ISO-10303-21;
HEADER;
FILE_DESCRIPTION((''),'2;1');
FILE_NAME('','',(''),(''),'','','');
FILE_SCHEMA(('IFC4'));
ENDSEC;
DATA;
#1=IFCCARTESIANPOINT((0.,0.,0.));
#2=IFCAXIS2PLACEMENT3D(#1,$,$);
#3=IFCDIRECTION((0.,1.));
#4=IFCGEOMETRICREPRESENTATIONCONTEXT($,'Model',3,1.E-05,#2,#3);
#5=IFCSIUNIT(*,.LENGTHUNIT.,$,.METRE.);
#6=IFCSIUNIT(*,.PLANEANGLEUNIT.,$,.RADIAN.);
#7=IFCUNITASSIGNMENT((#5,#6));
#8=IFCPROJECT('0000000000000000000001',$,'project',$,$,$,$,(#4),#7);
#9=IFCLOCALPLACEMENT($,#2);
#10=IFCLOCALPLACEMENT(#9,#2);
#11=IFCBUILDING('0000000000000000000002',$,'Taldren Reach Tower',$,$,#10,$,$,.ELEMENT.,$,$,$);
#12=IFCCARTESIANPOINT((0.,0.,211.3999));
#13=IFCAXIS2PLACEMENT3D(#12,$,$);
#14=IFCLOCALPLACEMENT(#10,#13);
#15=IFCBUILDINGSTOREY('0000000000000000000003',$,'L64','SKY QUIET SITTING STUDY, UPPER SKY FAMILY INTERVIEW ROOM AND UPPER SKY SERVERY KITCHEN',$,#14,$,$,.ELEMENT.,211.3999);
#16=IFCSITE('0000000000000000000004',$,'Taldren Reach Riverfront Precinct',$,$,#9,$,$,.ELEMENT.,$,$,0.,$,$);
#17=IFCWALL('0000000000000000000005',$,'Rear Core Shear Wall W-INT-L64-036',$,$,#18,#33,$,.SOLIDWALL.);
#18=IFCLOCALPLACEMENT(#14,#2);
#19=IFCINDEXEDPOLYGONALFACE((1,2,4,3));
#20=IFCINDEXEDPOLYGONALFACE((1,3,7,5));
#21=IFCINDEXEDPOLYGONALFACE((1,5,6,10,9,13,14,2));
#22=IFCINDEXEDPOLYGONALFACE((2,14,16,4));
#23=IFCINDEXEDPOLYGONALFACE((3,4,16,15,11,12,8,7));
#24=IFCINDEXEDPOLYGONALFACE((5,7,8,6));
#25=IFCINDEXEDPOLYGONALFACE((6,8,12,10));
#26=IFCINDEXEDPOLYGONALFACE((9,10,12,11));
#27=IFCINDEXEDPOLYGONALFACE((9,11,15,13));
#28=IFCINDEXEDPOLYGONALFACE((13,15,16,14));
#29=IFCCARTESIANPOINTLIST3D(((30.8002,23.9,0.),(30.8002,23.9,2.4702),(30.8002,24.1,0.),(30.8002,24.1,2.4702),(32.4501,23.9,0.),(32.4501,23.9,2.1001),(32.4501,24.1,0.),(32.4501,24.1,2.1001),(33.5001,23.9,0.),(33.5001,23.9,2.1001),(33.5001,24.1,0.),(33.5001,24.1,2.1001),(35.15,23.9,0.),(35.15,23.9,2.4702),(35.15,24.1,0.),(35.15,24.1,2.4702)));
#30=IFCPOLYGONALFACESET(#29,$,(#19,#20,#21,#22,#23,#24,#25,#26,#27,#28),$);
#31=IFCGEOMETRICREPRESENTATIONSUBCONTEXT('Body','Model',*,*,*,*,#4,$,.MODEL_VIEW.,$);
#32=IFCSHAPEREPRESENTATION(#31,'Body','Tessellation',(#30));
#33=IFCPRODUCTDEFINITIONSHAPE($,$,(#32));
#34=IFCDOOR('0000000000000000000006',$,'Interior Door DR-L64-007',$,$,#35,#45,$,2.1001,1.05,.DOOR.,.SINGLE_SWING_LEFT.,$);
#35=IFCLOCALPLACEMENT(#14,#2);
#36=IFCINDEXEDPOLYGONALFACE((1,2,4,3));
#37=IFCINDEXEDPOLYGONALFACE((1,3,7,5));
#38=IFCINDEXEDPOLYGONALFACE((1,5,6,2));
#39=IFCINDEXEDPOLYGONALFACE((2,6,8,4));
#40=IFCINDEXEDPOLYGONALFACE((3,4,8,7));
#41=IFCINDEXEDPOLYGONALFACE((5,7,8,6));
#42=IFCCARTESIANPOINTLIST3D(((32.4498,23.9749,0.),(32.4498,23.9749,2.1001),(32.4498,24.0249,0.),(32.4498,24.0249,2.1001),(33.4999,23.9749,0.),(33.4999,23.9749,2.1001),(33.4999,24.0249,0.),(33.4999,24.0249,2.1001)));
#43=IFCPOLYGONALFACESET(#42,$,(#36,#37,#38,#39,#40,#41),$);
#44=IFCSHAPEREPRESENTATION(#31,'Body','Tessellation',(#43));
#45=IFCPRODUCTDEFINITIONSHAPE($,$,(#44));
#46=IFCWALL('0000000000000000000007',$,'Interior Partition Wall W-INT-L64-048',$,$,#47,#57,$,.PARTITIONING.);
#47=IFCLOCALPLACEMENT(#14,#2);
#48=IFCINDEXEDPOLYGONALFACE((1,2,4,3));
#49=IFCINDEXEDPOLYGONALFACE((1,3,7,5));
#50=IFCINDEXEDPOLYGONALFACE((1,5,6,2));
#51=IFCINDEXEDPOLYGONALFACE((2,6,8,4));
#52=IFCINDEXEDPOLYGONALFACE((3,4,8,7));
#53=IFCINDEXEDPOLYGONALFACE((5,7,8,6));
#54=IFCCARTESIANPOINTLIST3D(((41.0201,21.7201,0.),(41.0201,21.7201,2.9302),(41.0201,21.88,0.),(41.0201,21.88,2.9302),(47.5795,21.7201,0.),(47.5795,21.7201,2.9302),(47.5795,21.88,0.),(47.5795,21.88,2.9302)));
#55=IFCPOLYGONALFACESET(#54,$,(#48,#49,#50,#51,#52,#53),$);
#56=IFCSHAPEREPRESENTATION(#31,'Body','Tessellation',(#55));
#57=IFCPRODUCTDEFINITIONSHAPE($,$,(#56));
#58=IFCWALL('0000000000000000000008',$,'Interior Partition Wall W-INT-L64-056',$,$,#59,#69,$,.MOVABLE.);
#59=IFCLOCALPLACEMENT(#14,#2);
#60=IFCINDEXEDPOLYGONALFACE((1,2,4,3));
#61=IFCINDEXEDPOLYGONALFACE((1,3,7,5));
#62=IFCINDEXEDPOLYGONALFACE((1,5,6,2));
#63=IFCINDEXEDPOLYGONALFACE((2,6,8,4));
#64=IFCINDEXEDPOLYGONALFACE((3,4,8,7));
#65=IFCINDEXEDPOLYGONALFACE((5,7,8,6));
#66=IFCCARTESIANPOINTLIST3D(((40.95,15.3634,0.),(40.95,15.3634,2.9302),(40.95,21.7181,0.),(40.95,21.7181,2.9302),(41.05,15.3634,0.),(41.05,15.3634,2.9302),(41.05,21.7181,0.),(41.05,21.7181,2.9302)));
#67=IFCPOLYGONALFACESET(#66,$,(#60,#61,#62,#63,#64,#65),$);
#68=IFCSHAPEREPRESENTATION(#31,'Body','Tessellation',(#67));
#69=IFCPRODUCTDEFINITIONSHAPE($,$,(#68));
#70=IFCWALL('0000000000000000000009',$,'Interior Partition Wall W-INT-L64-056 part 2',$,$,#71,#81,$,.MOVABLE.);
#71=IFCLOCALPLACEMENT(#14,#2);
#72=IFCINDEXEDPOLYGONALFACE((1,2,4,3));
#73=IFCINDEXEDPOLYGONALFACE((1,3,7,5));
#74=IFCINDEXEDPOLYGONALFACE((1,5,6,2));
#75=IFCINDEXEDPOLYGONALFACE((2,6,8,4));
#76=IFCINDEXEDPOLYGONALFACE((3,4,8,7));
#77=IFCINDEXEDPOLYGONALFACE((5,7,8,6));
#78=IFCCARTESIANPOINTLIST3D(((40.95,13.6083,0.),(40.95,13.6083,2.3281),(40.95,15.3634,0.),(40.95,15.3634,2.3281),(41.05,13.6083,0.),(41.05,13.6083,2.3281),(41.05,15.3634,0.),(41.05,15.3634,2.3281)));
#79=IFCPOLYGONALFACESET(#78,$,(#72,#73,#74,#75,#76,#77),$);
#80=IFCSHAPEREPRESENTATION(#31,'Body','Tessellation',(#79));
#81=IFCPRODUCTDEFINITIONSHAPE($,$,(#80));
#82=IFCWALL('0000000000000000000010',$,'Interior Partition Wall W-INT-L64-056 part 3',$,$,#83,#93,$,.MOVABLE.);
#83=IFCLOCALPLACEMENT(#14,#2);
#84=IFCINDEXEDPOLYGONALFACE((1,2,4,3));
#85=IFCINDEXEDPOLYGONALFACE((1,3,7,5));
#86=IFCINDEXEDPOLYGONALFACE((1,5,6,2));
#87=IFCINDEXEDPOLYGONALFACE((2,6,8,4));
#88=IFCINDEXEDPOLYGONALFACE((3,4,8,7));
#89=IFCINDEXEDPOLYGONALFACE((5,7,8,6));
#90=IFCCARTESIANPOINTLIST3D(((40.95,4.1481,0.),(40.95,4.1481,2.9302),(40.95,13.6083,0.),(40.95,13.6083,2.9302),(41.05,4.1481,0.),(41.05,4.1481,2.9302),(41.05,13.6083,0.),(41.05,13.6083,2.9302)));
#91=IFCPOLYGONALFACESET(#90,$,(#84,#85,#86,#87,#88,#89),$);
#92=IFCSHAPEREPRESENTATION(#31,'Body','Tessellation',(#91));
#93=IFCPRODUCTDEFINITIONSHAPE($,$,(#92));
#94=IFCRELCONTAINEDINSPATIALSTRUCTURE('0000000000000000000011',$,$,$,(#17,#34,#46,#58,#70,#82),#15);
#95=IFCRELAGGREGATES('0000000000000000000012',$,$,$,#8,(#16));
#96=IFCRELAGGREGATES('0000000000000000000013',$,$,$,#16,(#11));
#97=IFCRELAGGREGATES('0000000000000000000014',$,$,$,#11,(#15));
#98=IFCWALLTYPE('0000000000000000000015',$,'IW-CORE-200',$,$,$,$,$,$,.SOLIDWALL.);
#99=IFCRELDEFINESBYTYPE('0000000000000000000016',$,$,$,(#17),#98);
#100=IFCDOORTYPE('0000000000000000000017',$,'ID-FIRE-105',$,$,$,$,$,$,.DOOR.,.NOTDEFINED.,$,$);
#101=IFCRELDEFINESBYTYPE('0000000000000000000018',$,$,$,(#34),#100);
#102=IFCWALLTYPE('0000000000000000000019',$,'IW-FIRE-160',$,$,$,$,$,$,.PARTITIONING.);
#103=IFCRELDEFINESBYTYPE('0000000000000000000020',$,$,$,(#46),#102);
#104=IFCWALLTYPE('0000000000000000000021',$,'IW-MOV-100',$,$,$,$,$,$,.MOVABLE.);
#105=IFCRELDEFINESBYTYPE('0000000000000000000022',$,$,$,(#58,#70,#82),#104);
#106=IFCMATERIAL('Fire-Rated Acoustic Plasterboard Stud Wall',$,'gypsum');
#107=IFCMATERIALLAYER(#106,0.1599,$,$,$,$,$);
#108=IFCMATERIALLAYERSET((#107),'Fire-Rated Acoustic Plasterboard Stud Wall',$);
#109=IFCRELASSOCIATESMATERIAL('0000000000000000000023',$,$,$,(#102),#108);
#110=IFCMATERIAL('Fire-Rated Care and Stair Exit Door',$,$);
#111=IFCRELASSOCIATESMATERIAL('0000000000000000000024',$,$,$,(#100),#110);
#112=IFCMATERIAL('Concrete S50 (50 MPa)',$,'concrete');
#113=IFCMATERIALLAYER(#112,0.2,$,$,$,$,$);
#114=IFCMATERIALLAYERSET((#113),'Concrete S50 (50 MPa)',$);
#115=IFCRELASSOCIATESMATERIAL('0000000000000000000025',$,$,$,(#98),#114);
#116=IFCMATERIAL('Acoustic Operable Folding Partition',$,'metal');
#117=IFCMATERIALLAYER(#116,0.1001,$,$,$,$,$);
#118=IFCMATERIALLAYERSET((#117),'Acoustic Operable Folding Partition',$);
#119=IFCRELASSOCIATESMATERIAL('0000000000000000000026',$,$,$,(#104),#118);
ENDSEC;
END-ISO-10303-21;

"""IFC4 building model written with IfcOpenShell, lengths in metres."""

from ifc_helpers import new_model, si_unit, direction, frame, frame_2d, origin, place, context, subcontext, project, spatial, rectangle, extrude, source, transform, mapped, material, layer, layer_set, type_object, element, fill, save


model = new_model("IFC4")

# Units and contexts
model_context = context("Model", 3, precision=1e-05, world=origin(), true_north=direction((0.0, 1.0)))
body_context = subcontext(model_context, "Body", "Model", "MODEL_VIEW")
ifc_project = project(units=[si_unit("LENGTHUNIT", "METRE"), si_unit("PLANEANGLEUNIT", "RADIAN")], contexts=[model_context])

# Site, building, storey
site_placement = place(None, origin())
site = spatial("IfcSite", under=ifc_project, at=site_placement, Name="Taldren Reach Riverfront Precinct", CompositionType="ELEMENT", RefElevation=0.0)
building_placement = place(site_placement, origin())
building = spatial("IfcBuilding", under=site, at=building_placement, Name="Taldren Reach Tower", CompositionType="ELEMENT")
storey_placement = place(building_placement, frame((0.0, 0.0, 211.3999)))
storey = spatial("IfcBuildingStorey", under=building, at=storey_placement, Name="L64", Description="SKY QUIET SITTING STUDY, UPPER SKY FAMILY INTERVIEW ROOM AND UPPER SKY SERVERY KITCHEN", CompositionType="ELEMENT", Elevation=211.3999)

# Shared definitions
ifc_material_1 = material(Name="Fire-Rated Acoustic Plasterboard Stud Wall", Category="gypsum")
ifc_layer_1 = layer(ifc_material_1, 0.1599)
ifc_layer_set_1 = layer_set([ifc_layer_1], Name="Fire-Rated Acoustic Plasterboard Stud Wall")
wall_type_1 = type_object("IfcWallType", Name="IW-FIRE-160", PredefinedType="PARTITIONING", material=ifc_layer_set_1)

# Shared definitions
ifc_material_2 = material(Name="Fire-Rated Care and Stair Exit Door")
door_type_1 = type_object("IfcDoorType", Name="ID-FIRE-105", OperationType="NOTDEFINED", PredefinedType="DOOR", material=ifc_material_2)
shared_shape_1 = source(origin(), body_context, "Body", "SweptSolid", [
    extrude(rectangle(XDim=1.05, YDim=2.1001, at=frame_2d((0.5249, 1.05))), frame((0.0, 0.0249, 0.0), z_axis=(0.0, -1.0, 0.0), x_axis=(1.0, 0.0, 0.0)), (0.0, 0.0, 1.0), 0.05),
])

# Wall, opening, door
ifc_material_3 = material(Name="Concrete S50 (50 MPa)", Category="concrete")
ifc_layer_2 = layer(ifc_material_3, 0.2)
ifc_layer_set_2 = layer_set([ifc_layer_2], Name="Concrete S50 (50 MPa)")
wall_type_2 = type_object("IfcWallType", Name="IW-CORE-200", PredefinedType="SOLIDWALL", material=ifc_layer_set_2)
shared_shape_2 = source(origin(), body_context, "Body", "SweptSolid", [
    extrude(rectangle(XDim=4.3499, YDim=0.2, at=frame_2d((2.1748, 0.0))), origin(), (0.0, 0.0, 1.0), 2.4702),
])
wall_1_placement = place(storey_placement, frame((35.1499, 24.0, 0.0), z_axis=(0.0, 0.0, 1.0), x_axis=(-1.0, 0.0, 0.0)))
wall_1 = element("IfcWall", 1, at=wall_1_placement, inside=storey, type_object=wall_type_2, Name="Rear Core Shear Wall W-INT-L64-036", PredefinedType="SOLIDWALL", context=body_context, shape_type="MappedRepresentation", body=[
    mapped(shared_shape_2, transform((0.0, 0.0, 0.0), scale=1.0)),
])
shared_shape_3 = source(origin(), body_context, "Body", "SweptSolid", [
    extrude(rectangle(XDim=1.05, YDim=2.1001, at=frame_2d((0.5249, 1.05))), frame((0.0, 0.1099, 0.0), z_axis=(0.0, -1.0, 0.0), x_axis=(1.0, 0.0, 0.0)), (0.0, 0.0, 1.0), 0.22),
])
opening_1_placement = place(wall_1_placement, frame((1.6499, 0.0, 0.0)))
opening_1 = element("IfcOpeningElement", 2, at=opening_1_placement, cuts=wall_1, PredefinedType="OPENING", context=body_context, shape_type="MappedRepresentation", body=[
    mapped(shared_shape_3, transform((0.0, 0.0, 0.0), scale=1.0)),
])
door_1_placement = place(opening_1_placement, frame((1.05, 0.0, 0.0), z_axis=(0.0, 0.0, 1.0), x_axis=(-1.0, 0.0, 0.0)))
door_1 = element("IfcDoor", 3, at=door_1_placement, inside=storey, type_object=door_type_1, Name="Interior Door DR-L64-007", OperationType="SINGLE_SWING_LEFT", OverallHeight=2.1001, OverallWidth=1.05, PredefinedType="DOOR", context=body_context, shape_type="MappedRepresentation", body=[
    mapped(shared_shape_1, transform((0.0, 0.0, 0.0), scale=1.0)),
])
fill(opening_1, door_1)

# Walls
shared_shape_4 = source(origin(), body_context, "Body", "SweptSolid", [
    extrude(rectangle(XDim=6.5593, YDim=0.1599, at=frame_2d((3.2798, 0.0))), origin(), (0.0, 0.0, 1.0), 2.9302),
])
wall_2_placement = place(storey_placement, frame((47.5796, 21.8, 0.0), z_axis=(0.0, 0.0, 1.0), x_axis=(-1.0, 0.0, 0.0)))
element("IfcWall", 4, at=wall_2_placement, inside=storey, type_object=wall_type_1, Name="Interior Partition Wall W-INT-L64-048", PredefinedType="PARTITIONING", context=body_context, shape_type="MappedRepresentation", body=[
    mapped(shared_shape_4, transform((0.0, 0.0, 0.0), scale=1.0)),
])
ifc_material_4 = material(Name="Acoustic Operable Folding Partition", Category="metal")
ifc_layer_3 = layer(ifc_material_4, 0.1001)
ifc_layer_set_3 = layer_set([ifc_layer_3], Name="Acoustic Operable Folding Partition")
wall_type_3 = type_object("IfcWallType", Name="IW-MOV-100", PredefinedType="MOVABLE", material=ifc_layer_set_3)
shared_shape_5 = source(origin(), body_context, "Body", "SweptSolid", [
    extrude(rectangle(XDim=6.3547, YDim=0.1001, at=frame_2d((3.1772, 0.0))), origin(), (0.0, 0.0, 1.0), 2.9302),
])
wall_3_placement = place(storey_placement, frame((41.0, 21.718, 0.0), z_axis=(0.0, 0.0, 1.0), x_axis=(0.0, -1.0, 0.0)))
element("IfcWall", 5, at=wall_3_placement, inside=storey, type_object=wall_type_3, Name="Interior Partition Wall W-INT-L64-056", PredefinedType="MOVABLE", context=body_context, shape_type="MappedRepresentation", body=[
    mapped(shared_shape_5, transform((0.0, 0.0, 0.0), scale=1.0)),
])
shared_shape_6 = source(origin(), body_context, "Body", "SweptSolid", [
    extrude(rectangle(XDim=1.7551, YDim=0.1001, at=frame_2d((0.8774, 0.0))), origin(), (0.0, 0.0, 1.0), 2.3281),
])
wall_4_placement = place(storey_placement, frame((41.0, 15.3633, 0.0), z_axis=(0.0, 0.0, 1.0), x_axis=(0.0, -1.0, 0.0)))
element("IfcWall", 6, at=wall_4_placement, inside=storey, type_object=wall_type_3, Name="Interior Partition Wall W-INT-L64-056 part 2", PredefinedType="MOVABLE", context=body_context, shape_type="MappedRepresentation", body=[
    mapped(shared_shape_6, transform((0.0, 0.0, 0.0), scale=1.0)),
])
shared_shape_7 = source(origin(), body_context, "Body", "SweptSolid", [
    extrude(rectangle(XDim=9.4602, YDim=0.1001, at=frame_2d((4.73, 0.0))), origin(), (0.0, 0.0, 1.0), 2.9302),
])
wall_5_placement = place(storey_placement, frame((41.0, 13.6082, 0.0), z_axis=(0.0, 0.0, 1.0), x_axis=(0.0, -1.0, 0.0)))
element("IfcWall", 7, at=wall_5_placement, inside=storey, type_object=wall_type_3, Name="Interior Partition Wall W-INT-L64-056 part 3", PredefinedType="MOVABLE", context=body_context, shape_type="MappedRepresentation", body=[
    mapped(shared_shape_7, transform((0.0, 0.0, 0.0), scale=1.0)),
])

save(model, "model.ifc")
